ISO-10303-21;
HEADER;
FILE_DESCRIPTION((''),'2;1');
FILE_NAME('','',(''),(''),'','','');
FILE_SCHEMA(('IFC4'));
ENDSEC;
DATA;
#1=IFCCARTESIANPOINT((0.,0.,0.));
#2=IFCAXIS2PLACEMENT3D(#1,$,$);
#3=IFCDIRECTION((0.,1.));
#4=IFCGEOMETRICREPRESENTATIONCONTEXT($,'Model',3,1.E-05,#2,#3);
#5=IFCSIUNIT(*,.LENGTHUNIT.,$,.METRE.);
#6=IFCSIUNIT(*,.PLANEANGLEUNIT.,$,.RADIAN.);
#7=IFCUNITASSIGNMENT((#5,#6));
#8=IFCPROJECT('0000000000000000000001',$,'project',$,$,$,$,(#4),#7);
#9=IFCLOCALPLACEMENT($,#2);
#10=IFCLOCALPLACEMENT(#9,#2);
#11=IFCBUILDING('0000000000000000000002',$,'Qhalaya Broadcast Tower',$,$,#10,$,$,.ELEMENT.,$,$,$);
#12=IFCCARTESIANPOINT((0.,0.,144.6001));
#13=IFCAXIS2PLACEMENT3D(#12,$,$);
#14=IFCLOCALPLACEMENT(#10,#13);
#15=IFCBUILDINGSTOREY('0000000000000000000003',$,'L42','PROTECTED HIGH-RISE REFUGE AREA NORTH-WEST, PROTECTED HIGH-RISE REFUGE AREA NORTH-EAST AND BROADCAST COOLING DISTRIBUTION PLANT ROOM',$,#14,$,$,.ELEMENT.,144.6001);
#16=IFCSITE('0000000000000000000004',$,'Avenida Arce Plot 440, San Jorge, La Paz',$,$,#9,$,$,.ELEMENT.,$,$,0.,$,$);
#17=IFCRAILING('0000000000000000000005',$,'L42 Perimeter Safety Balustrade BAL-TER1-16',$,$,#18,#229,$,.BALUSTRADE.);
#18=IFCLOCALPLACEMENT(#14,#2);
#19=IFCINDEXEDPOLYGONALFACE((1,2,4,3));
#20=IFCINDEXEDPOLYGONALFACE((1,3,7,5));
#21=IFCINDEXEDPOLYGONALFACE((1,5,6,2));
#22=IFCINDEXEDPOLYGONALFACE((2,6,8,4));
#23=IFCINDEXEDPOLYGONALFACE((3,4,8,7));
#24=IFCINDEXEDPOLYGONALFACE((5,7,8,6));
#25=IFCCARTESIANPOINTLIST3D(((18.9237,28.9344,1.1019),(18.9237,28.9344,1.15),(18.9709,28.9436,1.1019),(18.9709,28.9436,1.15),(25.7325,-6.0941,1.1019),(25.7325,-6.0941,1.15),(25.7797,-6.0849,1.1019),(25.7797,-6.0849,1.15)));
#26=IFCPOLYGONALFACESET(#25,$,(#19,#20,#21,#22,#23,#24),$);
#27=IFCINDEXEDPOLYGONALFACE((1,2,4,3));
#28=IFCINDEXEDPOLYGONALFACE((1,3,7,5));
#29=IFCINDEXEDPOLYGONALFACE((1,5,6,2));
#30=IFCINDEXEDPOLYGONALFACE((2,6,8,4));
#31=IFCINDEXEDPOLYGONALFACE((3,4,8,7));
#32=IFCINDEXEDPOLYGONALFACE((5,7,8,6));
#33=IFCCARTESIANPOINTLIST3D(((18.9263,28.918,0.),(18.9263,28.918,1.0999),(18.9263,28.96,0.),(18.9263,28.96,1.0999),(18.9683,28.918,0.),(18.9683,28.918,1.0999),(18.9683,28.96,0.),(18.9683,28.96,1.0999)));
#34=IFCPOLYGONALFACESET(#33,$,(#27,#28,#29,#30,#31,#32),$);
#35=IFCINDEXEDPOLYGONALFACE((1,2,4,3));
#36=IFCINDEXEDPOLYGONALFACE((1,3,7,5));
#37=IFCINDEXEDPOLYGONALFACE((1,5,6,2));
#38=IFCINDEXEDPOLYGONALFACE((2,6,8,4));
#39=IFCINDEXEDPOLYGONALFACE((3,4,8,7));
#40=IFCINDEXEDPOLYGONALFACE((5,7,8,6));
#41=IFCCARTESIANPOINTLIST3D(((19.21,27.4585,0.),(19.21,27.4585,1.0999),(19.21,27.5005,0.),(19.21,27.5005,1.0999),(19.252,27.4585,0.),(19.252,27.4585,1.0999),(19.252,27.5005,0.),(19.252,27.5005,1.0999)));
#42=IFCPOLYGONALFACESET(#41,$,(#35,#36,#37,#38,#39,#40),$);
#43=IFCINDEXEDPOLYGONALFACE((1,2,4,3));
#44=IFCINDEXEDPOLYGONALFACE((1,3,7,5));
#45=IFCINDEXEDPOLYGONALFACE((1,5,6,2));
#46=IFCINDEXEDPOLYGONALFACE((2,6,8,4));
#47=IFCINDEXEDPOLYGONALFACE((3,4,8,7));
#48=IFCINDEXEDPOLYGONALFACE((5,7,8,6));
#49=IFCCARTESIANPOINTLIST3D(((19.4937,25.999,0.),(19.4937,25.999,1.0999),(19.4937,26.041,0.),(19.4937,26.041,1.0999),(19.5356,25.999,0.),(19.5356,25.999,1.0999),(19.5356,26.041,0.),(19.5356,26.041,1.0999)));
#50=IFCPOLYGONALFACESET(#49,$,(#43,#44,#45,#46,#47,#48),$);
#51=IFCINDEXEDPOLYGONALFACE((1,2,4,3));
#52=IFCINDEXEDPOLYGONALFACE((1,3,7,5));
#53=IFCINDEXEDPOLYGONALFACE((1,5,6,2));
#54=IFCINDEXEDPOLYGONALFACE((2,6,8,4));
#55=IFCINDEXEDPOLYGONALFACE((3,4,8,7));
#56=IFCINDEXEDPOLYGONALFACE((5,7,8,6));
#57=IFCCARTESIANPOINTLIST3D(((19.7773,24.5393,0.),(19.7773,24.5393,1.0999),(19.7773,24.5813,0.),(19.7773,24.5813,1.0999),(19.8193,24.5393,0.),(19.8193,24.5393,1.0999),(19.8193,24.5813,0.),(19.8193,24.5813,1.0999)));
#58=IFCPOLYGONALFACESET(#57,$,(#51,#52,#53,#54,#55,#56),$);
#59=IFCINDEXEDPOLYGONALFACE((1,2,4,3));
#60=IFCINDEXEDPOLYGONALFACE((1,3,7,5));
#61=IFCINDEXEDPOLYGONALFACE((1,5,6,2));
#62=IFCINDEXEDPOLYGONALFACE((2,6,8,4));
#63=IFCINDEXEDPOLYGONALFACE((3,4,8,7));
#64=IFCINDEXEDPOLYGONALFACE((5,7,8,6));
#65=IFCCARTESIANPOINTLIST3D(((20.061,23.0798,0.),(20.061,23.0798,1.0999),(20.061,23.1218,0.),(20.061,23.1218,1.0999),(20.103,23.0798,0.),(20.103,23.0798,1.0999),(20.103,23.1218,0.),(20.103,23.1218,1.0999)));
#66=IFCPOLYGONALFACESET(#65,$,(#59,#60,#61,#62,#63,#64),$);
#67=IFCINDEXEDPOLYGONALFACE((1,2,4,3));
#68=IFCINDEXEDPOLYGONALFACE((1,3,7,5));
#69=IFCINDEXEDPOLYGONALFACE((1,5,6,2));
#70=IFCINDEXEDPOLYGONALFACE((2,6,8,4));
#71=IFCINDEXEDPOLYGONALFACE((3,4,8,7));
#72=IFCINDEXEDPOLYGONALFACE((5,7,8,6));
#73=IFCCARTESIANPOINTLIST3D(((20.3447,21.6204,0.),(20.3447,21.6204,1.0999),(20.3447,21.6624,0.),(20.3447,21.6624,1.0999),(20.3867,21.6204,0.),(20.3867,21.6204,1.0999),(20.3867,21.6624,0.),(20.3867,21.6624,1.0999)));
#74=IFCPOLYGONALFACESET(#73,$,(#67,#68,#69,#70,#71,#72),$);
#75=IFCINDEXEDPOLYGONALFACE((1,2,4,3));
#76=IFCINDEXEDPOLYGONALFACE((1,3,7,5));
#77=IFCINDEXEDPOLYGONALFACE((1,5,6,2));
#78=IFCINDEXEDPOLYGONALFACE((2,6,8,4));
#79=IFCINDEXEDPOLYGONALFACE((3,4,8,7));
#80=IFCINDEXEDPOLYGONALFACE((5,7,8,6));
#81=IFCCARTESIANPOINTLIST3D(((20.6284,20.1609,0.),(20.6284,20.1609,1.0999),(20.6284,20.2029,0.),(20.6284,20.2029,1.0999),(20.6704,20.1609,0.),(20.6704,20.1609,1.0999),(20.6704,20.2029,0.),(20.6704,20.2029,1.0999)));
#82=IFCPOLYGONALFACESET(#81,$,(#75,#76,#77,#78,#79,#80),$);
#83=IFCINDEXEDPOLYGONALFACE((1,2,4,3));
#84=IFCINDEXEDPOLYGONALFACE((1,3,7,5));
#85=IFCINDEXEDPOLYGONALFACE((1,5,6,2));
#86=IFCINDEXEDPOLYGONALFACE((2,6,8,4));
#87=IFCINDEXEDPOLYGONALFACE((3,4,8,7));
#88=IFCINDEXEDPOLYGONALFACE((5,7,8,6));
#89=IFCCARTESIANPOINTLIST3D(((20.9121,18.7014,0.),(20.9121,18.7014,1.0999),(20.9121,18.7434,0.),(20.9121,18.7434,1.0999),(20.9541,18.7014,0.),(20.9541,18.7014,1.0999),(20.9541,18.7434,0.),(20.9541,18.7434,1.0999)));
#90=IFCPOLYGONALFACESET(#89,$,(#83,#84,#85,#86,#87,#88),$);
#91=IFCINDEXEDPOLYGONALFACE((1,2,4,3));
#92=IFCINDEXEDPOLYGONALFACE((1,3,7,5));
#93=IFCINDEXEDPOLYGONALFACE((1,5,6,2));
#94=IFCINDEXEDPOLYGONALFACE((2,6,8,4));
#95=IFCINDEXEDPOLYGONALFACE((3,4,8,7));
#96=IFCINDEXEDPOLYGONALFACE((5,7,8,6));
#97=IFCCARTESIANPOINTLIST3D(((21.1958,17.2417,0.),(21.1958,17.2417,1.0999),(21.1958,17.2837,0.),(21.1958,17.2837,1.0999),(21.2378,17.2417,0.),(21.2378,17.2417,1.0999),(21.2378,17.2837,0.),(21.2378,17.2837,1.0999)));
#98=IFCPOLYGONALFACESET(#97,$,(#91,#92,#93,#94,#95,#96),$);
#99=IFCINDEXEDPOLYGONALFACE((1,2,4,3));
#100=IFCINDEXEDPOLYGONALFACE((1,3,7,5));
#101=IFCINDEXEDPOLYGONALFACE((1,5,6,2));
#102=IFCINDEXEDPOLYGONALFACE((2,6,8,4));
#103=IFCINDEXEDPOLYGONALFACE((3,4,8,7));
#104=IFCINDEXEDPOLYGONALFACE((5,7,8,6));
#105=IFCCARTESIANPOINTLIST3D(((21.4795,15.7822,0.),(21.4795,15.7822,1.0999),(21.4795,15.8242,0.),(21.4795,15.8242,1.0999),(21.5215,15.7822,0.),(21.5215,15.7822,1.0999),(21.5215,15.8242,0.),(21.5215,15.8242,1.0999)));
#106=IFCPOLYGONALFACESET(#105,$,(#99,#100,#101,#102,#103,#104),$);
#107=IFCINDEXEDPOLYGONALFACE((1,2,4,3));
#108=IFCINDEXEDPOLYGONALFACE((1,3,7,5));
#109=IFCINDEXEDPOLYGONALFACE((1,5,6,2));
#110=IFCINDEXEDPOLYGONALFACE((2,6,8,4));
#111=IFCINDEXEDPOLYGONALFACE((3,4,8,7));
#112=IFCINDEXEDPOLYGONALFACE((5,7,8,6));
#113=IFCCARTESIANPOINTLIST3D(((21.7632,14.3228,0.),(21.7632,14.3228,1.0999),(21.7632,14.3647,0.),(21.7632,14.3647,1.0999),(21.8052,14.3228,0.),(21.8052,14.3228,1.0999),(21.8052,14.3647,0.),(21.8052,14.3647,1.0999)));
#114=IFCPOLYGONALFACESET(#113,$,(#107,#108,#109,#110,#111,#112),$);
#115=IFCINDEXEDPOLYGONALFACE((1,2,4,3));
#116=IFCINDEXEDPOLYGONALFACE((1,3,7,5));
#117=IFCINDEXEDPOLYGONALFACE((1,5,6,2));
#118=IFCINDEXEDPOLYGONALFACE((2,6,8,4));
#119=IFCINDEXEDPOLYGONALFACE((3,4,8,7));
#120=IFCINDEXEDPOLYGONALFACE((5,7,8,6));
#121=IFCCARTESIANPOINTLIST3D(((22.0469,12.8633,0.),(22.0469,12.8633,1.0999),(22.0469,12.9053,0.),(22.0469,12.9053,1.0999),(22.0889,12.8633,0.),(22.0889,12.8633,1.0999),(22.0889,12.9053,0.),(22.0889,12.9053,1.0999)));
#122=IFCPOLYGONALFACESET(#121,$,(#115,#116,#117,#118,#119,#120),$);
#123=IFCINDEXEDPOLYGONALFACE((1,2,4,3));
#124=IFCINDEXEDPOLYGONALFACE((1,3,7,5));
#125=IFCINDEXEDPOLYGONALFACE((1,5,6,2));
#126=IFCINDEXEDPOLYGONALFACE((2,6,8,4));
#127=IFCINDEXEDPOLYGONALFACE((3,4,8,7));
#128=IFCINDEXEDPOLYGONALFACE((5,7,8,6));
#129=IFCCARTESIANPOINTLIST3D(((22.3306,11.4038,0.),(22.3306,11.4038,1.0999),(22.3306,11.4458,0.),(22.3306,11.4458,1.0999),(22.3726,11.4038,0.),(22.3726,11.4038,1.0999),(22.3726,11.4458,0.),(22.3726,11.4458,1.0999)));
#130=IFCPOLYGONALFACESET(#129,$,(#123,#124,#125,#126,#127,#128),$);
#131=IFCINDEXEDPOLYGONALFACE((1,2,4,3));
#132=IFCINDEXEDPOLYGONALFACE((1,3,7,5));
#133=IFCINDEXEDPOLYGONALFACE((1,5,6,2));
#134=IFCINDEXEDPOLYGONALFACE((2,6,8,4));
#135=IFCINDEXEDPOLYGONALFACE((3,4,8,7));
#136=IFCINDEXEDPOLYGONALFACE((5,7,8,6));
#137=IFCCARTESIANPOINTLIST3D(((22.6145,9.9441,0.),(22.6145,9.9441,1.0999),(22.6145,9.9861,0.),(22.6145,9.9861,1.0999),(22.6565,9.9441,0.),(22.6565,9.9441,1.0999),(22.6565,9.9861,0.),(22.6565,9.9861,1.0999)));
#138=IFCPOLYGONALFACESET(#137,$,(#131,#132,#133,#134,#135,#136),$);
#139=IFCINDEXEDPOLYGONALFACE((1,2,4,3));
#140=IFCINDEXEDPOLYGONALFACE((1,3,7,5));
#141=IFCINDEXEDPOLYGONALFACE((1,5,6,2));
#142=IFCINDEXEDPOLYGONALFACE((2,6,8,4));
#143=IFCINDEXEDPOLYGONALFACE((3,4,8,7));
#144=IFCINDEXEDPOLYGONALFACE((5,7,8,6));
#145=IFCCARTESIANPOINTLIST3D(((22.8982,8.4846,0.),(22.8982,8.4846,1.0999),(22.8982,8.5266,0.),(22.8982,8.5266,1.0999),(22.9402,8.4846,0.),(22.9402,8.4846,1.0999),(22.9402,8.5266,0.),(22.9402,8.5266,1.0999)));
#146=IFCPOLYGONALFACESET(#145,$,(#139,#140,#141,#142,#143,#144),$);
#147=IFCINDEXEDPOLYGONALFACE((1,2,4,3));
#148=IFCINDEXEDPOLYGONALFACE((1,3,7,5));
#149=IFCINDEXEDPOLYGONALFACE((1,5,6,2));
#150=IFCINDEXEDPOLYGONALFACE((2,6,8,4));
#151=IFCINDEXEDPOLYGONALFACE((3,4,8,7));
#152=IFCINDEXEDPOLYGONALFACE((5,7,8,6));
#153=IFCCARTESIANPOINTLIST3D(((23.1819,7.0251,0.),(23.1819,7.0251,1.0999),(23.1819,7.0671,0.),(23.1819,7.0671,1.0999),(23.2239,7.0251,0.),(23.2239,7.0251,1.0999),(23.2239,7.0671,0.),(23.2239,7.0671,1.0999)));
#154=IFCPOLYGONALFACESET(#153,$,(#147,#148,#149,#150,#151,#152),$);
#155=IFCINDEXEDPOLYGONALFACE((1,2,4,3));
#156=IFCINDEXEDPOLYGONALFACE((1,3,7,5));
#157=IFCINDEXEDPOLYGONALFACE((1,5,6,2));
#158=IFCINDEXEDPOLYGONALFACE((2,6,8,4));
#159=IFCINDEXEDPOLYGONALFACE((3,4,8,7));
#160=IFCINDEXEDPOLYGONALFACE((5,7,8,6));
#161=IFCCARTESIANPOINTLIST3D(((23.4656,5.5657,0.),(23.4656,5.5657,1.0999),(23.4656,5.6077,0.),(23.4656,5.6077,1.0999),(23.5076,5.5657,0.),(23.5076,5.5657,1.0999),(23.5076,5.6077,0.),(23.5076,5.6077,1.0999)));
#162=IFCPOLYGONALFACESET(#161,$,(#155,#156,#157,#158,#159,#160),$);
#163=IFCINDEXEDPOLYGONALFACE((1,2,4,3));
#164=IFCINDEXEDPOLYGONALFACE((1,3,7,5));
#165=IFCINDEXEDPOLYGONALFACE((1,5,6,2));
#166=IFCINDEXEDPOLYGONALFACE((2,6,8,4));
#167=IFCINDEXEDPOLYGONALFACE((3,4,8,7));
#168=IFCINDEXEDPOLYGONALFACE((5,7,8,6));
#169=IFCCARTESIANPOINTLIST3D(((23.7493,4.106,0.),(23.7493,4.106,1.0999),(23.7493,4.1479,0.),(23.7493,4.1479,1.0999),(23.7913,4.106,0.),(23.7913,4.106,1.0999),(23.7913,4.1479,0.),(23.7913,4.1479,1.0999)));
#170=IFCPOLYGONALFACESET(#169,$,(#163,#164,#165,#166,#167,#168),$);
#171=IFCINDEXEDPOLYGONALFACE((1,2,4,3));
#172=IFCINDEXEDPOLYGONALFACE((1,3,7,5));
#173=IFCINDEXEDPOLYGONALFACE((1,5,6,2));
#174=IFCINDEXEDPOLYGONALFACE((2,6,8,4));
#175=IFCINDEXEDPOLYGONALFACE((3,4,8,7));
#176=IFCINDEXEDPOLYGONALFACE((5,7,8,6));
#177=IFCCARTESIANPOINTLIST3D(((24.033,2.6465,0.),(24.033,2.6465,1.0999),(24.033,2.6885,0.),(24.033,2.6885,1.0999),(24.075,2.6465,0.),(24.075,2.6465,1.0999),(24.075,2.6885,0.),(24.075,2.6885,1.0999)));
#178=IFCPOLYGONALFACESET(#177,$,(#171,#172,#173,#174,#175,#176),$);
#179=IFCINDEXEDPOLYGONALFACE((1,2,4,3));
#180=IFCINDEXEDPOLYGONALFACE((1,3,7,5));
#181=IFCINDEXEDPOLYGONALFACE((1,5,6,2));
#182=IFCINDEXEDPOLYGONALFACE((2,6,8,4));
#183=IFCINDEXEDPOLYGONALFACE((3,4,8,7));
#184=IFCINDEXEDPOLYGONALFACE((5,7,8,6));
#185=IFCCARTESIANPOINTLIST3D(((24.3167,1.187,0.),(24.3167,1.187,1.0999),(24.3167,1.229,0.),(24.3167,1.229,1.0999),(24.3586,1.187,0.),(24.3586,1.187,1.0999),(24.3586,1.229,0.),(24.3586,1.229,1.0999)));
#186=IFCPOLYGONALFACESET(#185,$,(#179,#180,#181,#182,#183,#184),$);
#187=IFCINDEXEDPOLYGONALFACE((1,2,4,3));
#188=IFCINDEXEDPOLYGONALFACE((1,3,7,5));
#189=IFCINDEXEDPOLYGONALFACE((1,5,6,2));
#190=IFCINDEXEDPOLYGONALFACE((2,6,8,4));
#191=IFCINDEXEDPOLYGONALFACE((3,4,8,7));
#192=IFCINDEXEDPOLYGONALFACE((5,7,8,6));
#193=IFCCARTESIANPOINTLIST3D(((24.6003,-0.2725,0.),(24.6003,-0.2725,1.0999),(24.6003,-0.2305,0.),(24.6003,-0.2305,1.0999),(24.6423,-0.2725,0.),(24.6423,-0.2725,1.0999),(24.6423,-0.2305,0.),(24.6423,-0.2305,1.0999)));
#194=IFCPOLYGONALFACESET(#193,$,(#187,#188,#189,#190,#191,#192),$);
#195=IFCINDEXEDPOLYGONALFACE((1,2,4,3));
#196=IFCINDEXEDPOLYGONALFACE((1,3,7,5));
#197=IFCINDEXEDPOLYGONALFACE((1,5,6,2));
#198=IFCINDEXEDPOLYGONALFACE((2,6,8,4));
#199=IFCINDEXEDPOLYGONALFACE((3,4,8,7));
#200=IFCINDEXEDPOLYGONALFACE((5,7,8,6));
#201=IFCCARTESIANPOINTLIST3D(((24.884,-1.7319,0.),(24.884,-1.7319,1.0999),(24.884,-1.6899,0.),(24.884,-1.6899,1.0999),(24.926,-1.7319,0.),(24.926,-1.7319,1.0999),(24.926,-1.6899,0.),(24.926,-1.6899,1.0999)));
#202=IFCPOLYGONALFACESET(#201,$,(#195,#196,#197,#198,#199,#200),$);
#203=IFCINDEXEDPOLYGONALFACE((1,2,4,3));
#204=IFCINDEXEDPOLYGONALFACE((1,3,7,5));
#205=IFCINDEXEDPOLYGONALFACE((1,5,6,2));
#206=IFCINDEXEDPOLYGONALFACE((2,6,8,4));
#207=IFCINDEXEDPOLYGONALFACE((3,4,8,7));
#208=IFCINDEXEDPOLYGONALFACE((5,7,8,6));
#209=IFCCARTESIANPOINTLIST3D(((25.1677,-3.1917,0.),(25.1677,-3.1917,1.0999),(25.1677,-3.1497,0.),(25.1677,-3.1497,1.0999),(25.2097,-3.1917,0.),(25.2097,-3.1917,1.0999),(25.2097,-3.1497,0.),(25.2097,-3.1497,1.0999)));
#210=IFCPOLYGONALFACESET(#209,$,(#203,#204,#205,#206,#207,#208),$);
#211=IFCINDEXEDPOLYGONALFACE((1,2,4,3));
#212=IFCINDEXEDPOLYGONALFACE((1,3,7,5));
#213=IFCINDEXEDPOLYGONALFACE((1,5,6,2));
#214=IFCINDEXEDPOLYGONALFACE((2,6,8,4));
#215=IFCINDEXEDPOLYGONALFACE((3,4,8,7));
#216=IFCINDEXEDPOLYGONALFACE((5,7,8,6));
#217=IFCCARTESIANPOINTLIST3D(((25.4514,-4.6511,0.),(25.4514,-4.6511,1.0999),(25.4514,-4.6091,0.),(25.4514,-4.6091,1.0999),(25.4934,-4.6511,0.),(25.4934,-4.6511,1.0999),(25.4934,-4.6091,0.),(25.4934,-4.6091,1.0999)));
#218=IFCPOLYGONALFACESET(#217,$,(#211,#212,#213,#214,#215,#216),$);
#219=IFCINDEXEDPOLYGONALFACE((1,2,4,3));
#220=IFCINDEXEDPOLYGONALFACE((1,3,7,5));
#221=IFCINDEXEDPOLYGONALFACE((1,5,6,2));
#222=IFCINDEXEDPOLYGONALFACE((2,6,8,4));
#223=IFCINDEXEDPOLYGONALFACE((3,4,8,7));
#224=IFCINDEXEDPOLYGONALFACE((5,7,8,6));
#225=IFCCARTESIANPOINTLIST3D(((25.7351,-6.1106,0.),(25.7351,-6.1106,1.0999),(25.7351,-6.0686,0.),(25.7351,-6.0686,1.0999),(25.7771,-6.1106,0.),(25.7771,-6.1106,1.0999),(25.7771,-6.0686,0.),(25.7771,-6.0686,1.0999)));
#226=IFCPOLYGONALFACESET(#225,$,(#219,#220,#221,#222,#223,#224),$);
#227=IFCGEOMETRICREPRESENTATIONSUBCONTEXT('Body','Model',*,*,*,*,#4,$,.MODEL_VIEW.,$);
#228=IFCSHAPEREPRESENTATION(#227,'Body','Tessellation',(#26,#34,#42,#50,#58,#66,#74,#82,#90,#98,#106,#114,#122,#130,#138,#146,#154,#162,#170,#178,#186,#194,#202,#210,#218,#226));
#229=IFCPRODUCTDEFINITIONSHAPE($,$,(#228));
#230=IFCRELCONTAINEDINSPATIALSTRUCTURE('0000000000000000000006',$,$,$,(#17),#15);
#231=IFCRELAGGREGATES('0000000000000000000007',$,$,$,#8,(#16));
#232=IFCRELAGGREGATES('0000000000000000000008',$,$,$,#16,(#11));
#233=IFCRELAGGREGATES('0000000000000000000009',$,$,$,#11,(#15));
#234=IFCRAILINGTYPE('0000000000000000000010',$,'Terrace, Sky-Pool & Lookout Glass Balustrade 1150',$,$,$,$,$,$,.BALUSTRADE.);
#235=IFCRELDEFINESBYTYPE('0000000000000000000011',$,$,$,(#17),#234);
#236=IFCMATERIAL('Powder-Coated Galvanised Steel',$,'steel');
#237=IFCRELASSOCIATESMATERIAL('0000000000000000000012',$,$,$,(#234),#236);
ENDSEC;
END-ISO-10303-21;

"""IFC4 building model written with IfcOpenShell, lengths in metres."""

from ifc_helpers import new_model, si_unit, direction, frame, origin, origin_2d, place, context, subcontext, project, spatial, rectangle, extrude, material, type_object, element, save


model = new_model("IFC4")

# Units and contexts
model_context = context("Model", 3, precision=1e-05, world=origin(), true_north=direction((0.0, 1.0)))
body_context = subcontext(model_context, "Body", "Model", "MODEL_VIEW")
ifc_project = project(units=[si_unit("LENGTHUNIT", "METRE"), si_unit("PLANEANGLEUNIT", "RADIAN")], contexts=[model_context])

# Site, building, storey
site_placement = place(None, origin())
site = spatial("IfcSite", under=ifc_project, at=site_placement, Name="Avenida Arce Plot 440, San Jorge, La Paz", CompositionType="ELEMENT", RefElevation=0.0)
building_placement = place(site_placement, origin())
building = spatial("IfcBuilding", under=site, at=building_placement, Name="Qhalaya Broadcast Tower", CompositionType="ELEMENT")
storey_placement = place(building_placement, frame((0.0, 0.0, 144.6001)))
storey = spatial("IfcBuildingStorey", under=building, at=storey_placement, Name="L42", Description="PROTECTED HIGH-RISE REFUGE AREA NORTH-WEST, PROTECTED HIGH-RISE REFUGE AREA NORTH-EAST AND BROADCAST COOLING DISTRIBUTION PLANT ROOM", CompositionType="ELEMENT", Elevation=144.6001)

# Railing
ifc_material_1 = material(Name="Powder-Coated Galvanised Steel", Category="steel")
railing_type = type_object("IfcRailingType", Name="Terrace, Sky-Pool & Lookout Glass Balustrade 1150", PredefinedType="BALUSTRADE", material=ifc_material_1)
railing_1_placement = place(storey_placement, frame((18.9473, 28.939, 0.0)))
element("IfcRailing", 1, at=railing_1_placement, inside=storey, type_object=railing_type, Name="L42 Perimeter Safety Balustrade BAL-TER1-16", PredefinedType="BALUSTRADE", context=body_context, shape_type="SweptSolid", body=[
    extrude(rectangle(XDim=0.0481, YDim=0.0481, at=origin_2d()), frame((0.0, 0.0, 1.126), z_axis=(0.190808, -0.981627, 0.0), x_axis=(0.981627, 0.190808, 0.0)), (0.0, 0.0, 1.0), 35.6841),
    extrude(rectangle(XDim=0.042, YDim=0.042, at=origin_2d()), origin(), (0.0, 0.0, 1.0), 1.0999),
    extrude(rectangle(XDim=0.042, YDim=0.042, at=origin_2d()), frame((0.2837, -1.4595, 0.0)), (0.0, 0.0, 1.0), 1.0999),
    extrude(rectangle(XDim=0.042, YDim=0.042, at=origin_2d()), frame((0.5674, -2.9189, 0.0)), (0.0, 0.0, 1.0), 1.0999),
    extrude(rectangle(XDim=0.042, YDim=0.042, at=origin_2d()), frame((0.8511, -4.3787, 0.0)), (0.0, 0.0, 1.0), 1.0999),
    extrude(rectangle(XDim=0.042, YDim=0.042, at=origin_2d()), frame((1.1348, -5.8381, 0.0)), (0.0, 0.0, 1.0), 1.0999),
    extrude(rectangle(XDim=0.042, YDim=0.042, at=origin_2d()), frame((1.4185, -7.2976, 0.0)), (0.0, 0.0, 1.0), 1.0999),
    extrude(rectangle(XDim=0.042, YDim=0.042, at=origin_2d()), frame((1.7021, -8.7571, 0.0)), (0.0, 0.0, 1.0), 1.0999),
    extrude(rectangle(XDim=0.042, YDim=0.042, at=origin_2d()), frame((1.9858, -10.2166, 0.0)), (0.0, 0.0, 1.0), 1.0999),
    extrude(rectangle(XDim=0.042, YDim=0.042, at=origin_2d()), frame((2.2695, -11.6763, 0.0)), (0.0, 0.0, 1.0), 1.0999),
    extrude(rectangle(XDim=0.042, YDim=0.042, at=origin_2d()), frame((2.5532, -13.1357, 0.0)), (0.0, 0.0, 1.0), 1.0999),
    extrude(rectangle(XDim=0.042, YDim=0.042, at=origin_2d()), frame((2.8369, -14.5952, 0.0)), (0.0, 0.0, 1.0), 1.0999),
    extrude(rectangle(XDim=0.042, YDim=0.042, at=origin_2d()), frame((3.1206, -16.0547, 0.0)), (0.0, 0.0, 1.0), 1.0999),
    extrude(rectangle(XDim=0.042, YDim=0.042, at=origin_2d()), frame((3.4043, -17.5142, 0.0)), (0.0, 0.0, 1.0), 1.0999),
    extrude(rectangle(XDim=0.042, YDim=0.042, at=origin_2d()), frame((3.6882, -18.9739, 0.0)), (0.0, 0.0, 1.0), 1.0999),
    extrude(rectangle(XDim=0.042, YDim=0.042, at=origin_2d()), frame((3.9719, -20.4333, 0.0)), (0.0, 0.0, 1.0), 1.0999),
    extrude(rectangle(XDim=0.042, YDim=0.042, at=origin_2d()), frame((4.2556, -21.8928, 0.0)), (0.0, 0.0, 1.0), 1.0999),
    extrude(rectangle(XDim=0.042, YDim=0.042, at=origin_2d()), frame((4.5393, -23.3523, 0.0)), (0.0, 0.0, 1.0), 1.0999),
    extrude(rectangle(XDim=0.042, YDim=0.042, at=origin_2d()), frame((4.823, -24.812, 0.0)), (0.0, 0.0, 1.0), 1.0999),
    extrude(rectangle(XDim=0.042, YDim=0.042, at=origin_2d()), frame((5.1067, -26.2715, 0.0)), (0.0, 0.0, 1.0), 1.0999),
    extrude(rectangle(XDim=0.042, YDim=0.042, at=origin_2d()), frame((5.3904, -27.731, 0.0)), (0.0, 0.0, 1.0), 1.0999),
    extrude(rectangle(XDim=0.042, YDim=0.042, at=origin_2d()), frame((5.6741, -29.1904, 0.0)), (0.0, 0.0, 1.0), 1.0999),
    extrude(rectangle(XDim=0.042, YDim=0.042, at=origin_2d()), frame((5.9578, -30.6499, 0.0)), (0.0, 0.0, 1.0), 1.0999),
    extrude(rectangle(XDim=0.042, YDim=0.042, at=origin_2d()), frame((6.2415, -32.1096, 0.0)), (0.0, 0.0, 1.0), 1.0999),
    extrude(rectangle(XDim=0.042, YDim=0.042, at=origin_2d()), frame((6.5251, -33.5691, 0.0)), (0.0, 0.0, 1.0), 1.0999),
    extrude(rectangle(XDim=0.042, YDim=0.042, at=origin_2d()), frame((6.8088, -35.0286, 0.0)), (0.0, 0.0, 1.0), 1.0999),
])

save(model, "model.ifc")
